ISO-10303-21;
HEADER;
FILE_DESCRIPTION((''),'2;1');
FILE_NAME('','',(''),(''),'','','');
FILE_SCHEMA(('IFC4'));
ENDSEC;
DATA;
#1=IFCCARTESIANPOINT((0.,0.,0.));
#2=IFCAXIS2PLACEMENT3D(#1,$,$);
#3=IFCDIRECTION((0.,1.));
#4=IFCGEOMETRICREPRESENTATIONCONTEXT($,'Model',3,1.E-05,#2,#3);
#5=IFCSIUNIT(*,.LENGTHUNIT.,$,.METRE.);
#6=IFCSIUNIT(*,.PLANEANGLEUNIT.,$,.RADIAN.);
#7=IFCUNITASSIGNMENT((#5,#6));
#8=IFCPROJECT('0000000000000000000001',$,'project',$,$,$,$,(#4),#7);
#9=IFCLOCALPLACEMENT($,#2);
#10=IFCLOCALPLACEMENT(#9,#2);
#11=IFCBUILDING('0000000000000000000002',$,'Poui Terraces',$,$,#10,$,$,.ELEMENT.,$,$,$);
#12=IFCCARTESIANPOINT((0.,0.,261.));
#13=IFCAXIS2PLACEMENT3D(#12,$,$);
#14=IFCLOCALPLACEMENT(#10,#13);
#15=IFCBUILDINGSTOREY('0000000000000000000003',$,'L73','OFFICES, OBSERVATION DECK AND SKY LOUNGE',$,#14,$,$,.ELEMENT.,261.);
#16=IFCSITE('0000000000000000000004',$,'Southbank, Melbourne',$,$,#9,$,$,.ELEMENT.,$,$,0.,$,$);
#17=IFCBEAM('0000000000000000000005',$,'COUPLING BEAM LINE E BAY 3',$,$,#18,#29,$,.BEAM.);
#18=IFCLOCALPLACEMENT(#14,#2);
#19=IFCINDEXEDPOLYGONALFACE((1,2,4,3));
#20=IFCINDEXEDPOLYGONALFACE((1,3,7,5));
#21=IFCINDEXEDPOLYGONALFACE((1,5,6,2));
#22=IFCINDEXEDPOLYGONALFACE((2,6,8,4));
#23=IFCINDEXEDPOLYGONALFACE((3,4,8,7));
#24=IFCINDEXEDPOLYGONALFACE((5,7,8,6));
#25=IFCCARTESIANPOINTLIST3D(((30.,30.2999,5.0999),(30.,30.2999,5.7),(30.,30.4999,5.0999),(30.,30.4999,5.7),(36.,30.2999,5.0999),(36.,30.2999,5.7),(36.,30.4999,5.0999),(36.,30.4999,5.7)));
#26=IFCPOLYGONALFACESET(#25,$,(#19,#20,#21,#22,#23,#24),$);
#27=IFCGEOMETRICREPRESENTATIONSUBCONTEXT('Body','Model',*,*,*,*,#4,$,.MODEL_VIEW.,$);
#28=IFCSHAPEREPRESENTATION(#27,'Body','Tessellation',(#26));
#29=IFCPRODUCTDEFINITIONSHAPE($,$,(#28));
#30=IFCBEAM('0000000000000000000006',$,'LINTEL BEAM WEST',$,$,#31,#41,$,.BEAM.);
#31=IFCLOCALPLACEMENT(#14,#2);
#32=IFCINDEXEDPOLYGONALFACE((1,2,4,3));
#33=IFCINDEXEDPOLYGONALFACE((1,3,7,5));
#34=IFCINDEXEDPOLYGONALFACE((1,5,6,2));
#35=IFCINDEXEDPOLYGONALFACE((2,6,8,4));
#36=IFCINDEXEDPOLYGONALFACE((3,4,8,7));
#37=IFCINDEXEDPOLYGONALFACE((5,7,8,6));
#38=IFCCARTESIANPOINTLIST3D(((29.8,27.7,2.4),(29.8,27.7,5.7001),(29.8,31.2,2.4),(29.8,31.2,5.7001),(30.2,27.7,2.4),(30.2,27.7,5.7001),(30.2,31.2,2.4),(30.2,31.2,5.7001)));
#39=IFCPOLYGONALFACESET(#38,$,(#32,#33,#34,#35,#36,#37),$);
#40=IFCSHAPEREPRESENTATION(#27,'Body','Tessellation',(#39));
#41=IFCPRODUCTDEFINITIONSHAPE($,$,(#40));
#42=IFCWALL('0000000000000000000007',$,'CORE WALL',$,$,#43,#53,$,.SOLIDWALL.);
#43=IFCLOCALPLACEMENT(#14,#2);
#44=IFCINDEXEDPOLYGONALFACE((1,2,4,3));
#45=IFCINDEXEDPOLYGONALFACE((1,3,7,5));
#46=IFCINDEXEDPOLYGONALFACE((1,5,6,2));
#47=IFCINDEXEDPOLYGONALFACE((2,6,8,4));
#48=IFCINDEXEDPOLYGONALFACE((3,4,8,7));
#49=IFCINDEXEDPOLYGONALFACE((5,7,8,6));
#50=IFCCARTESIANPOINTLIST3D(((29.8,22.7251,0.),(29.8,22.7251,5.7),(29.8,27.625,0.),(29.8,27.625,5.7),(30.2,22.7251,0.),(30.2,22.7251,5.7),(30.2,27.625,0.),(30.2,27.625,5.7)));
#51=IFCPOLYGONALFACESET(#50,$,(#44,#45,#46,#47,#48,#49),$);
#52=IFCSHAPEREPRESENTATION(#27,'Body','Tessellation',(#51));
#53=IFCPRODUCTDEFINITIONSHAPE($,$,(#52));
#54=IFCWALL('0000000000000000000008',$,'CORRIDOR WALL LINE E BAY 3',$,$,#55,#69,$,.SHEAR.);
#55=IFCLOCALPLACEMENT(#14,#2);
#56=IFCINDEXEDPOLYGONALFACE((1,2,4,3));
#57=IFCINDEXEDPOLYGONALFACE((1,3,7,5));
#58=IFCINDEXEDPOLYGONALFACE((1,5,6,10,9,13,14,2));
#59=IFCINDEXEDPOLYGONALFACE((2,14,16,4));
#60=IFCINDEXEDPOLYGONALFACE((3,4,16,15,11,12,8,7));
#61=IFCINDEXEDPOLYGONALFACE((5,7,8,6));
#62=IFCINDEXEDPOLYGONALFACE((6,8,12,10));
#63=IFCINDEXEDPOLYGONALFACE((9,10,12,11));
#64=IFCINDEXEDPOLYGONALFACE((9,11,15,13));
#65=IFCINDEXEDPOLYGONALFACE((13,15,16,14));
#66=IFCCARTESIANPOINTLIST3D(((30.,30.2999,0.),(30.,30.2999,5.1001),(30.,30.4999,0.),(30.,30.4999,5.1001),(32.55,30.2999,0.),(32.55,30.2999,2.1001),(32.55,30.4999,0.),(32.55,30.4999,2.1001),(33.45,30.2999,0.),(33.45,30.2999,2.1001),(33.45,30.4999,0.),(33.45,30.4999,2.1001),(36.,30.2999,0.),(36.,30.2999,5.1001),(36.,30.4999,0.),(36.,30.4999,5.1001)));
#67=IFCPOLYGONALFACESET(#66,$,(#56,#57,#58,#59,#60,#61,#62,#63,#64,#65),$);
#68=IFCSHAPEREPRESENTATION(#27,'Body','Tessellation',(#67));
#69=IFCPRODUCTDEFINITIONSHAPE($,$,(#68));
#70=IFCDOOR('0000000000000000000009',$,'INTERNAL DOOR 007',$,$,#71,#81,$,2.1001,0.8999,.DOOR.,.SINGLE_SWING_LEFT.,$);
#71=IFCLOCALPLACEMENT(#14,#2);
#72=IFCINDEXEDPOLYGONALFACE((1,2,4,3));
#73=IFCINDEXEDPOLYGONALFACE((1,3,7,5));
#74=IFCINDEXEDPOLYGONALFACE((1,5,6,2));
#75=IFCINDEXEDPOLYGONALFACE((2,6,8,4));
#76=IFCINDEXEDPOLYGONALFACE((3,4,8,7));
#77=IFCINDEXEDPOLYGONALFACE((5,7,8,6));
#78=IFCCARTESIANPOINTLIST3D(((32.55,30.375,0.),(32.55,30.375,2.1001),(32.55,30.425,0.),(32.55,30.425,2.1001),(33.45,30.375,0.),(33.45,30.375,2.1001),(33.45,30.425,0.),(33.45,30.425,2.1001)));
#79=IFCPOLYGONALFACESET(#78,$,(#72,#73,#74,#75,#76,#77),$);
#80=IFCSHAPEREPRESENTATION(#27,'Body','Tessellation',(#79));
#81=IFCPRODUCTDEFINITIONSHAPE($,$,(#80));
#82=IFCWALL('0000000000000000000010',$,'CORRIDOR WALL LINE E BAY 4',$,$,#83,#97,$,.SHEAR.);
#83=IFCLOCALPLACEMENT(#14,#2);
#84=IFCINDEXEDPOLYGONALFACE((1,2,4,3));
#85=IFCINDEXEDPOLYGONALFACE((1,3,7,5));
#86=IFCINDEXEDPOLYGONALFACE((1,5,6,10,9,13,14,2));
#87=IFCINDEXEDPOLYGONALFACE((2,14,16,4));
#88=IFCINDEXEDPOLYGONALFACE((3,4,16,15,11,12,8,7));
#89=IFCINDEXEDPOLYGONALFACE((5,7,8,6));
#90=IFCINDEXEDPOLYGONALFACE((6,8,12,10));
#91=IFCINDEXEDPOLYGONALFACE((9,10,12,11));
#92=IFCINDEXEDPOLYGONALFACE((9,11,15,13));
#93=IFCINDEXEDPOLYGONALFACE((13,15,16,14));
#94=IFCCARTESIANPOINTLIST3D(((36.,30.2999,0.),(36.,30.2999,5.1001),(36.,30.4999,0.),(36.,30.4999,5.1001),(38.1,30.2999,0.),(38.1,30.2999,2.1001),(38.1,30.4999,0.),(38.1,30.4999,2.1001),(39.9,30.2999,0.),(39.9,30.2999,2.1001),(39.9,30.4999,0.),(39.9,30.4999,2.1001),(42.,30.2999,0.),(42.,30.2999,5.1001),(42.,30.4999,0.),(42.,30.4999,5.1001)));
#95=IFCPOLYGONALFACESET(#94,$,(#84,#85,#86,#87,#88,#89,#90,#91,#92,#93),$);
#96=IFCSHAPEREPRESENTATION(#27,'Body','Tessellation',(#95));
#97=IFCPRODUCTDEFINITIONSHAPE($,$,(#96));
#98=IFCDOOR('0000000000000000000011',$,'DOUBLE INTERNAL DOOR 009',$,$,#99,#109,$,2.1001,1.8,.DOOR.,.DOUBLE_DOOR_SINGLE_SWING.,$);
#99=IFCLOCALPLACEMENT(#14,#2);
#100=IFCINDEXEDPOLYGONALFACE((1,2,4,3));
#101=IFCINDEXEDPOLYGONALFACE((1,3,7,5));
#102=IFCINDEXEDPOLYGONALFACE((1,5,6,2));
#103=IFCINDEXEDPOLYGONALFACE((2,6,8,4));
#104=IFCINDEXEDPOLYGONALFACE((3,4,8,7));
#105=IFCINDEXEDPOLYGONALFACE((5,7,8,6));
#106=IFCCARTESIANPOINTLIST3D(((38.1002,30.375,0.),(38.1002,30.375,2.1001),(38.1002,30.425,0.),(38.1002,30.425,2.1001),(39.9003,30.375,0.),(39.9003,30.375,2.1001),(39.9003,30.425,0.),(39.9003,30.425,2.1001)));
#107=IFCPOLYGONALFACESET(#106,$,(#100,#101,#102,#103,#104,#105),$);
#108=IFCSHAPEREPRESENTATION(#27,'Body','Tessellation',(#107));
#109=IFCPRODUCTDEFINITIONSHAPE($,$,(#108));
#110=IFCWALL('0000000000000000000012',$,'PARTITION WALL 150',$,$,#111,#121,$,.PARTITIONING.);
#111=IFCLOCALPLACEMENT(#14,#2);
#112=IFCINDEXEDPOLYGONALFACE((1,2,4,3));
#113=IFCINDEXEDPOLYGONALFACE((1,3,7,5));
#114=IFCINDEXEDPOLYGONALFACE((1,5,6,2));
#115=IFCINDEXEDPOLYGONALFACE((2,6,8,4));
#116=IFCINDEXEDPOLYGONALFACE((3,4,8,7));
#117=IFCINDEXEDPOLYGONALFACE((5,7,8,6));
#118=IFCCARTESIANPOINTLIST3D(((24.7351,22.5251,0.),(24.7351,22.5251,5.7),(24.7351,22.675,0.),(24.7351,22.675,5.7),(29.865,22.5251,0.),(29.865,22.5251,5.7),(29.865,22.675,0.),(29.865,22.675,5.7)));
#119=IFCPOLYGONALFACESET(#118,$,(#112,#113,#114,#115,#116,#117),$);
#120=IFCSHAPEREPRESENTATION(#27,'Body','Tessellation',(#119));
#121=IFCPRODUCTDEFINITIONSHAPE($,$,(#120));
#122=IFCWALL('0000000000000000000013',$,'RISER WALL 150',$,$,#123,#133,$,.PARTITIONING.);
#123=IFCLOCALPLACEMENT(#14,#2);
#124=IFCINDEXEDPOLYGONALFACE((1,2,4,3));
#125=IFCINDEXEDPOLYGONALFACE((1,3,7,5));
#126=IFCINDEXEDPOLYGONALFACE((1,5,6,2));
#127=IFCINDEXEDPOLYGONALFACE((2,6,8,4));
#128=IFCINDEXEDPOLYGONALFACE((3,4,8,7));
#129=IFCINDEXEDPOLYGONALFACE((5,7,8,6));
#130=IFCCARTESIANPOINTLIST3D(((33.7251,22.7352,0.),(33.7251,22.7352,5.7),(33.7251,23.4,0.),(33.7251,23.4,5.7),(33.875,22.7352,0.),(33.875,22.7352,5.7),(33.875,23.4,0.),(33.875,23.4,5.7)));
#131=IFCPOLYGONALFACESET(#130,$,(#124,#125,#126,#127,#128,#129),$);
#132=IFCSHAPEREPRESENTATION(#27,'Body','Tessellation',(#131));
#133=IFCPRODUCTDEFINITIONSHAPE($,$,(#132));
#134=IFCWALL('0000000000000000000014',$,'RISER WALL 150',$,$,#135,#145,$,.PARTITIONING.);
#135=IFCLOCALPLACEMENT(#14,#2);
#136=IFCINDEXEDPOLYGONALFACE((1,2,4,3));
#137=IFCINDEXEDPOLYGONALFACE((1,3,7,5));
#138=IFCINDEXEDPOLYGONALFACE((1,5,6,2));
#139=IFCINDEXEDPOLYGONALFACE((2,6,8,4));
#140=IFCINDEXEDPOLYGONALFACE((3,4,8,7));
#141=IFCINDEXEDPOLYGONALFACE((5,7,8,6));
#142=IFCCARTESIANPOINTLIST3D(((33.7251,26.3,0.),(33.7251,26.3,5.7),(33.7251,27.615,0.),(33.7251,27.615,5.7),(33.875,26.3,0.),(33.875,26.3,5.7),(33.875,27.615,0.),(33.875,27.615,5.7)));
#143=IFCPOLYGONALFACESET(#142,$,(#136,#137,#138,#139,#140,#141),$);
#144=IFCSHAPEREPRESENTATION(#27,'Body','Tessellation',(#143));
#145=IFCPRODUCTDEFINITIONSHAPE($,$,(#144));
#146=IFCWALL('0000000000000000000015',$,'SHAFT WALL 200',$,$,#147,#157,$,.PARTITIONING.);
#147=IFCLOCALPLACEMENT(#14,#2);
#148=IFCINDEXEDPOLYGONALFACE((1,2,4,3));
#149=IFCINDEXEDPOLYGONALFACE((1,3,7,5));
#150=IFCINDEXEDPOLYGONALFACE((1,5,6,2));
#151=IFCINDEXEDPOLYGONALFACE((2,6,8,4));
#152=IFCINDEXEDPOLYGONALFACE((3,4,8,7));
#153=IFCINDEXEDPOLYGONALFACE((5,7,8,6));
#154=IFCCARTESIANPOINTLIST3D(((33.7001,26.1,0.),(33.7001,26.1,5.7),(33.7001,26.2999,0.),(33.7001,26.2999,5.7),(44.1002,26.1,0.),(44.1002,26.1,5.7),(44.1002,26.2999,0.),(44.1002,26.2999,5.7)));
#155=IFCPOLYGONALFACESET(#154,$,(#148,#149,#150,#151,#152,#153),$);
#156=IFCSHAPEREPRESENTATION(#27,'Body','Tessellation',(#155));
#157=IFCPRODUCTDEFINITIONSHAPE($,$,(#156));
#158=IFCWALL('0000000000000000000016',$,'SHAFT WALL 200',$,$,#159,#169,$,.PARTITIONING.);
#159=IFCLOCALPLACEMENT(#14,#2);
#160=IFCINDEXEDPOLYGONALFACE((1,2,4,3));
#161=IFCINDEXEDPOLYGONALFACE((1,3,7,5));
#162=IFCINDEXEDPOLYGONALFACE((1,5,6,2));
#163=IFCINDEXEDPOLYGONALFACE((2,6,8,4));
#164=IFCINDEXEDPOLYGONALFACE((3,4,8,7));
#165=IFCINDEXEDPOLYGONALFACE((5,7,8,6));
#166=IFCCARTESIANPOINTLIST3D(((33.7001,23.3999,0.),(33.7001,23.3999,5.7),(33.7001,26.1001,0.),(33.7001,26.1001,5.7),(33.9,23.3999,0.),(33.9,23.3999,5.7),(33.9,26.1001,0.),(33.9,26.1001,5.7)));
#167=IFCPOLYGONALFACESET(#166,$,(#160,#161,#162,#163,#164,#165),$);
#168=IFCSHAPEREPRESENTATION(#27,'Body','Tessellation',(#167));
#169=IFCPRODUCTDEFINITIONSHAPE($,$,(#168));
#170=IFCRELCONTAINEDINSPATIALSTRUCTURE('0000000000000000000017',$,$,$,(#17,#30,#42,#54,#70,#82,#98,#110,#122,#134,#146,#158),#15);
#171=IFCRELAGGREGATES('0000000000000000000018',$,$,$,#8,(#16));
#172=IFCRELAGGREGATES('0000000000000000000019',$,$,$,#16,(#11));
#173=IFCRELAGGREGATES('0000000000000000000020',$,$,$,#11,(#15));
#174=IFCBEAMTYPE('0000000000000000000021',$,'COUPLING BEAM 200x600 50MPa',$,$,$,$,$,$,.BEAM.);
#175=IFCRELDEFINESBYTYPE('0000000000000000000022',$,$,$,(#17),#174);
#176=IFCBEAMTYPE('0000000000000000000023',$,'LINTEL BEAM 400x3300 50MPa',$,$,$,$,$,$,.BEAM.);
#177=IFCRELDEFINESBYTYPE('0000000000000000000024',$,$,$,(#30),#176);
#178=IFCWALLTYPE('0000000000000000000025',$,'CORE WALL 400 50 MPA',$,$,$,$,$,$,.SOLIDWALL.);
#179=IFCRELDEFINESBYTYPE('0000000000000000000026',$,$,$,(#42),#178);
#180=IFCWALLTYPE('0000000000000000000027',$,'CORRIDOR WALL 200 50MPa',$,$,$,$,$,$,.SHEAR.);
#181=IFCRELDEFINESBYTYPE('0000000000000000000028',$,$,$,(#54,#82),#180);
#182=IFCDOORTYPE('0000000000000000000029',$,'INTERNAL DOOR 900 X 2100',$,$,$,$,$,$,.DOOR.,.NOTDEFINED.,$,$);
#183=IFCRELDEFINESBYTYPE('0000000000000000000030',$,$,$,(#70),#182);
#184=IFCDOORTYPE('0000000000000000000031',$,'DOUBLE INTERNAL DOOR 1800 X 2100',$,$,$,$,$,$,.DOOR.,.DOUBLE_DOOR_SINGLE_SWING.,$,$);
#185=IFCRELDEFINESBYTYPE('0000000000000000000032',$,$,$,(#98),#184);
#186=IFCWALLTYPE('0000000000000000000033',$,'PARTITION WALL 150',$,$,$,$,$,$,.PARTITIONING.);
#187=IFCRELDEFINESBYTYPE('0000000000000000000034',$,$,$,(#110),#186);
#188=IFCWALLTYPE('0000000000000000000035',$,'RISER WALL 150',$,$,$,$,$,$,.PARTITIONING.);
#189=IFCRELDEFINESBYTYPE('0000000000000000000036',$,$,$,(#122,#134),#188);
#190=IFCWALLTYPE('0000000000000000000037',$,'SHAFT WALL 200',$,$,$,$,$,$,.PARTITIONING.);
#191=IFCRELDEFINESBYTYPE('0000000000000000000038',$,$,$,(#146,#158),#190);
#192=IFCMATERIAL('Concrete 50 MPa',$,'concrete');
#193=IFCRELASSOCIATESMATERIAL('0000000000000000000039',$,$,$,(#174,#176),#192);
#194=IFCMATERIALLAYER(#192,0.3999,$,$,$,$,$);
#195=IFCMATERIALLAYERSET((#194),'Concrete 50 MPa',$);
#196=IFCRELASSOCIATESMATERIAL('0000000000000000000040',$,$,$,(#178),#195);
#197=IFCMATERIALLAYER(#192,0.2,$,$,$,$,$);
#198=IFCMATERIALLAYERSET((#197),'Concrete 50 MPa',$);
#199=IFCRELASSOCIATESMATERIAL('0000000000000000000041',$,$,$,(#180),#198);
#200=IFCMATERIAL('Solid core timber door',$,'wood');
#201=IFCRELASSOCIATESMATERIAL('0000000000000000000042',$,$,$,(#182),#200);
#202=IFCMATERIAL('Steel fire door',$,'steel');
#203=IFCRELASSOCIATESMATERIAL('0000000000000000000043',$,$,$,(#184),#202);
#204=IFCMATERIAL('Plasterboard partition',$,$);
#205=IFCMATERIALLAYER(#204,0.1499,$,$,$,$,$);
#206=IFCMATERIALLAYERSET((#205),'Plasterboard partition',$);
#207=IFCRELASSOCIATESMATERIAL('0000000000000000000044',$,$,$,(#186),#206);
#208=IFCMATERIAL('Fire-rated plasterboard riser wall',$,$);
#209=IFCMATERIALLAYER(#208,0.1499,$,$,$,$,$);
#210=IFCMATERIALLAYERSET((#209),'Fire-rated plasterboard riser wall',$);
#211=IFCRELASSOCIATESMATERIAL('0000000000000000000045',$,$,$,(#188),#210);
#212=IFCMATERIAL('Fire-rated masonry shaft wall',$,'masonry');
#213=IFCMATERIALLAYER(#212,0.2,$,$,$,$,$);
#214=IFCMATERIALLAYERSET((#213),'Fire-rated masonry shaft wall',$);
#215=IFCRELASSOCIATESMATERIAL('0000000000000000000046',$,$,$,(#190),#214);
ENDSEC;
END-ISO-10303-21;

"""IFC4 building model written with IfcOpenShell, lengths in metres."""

from ifc_helpers import new_model, si_unit, direction, frame, frame_2d, origin, origin_2d, place, context, subcontext, project, spatial, rectangle, extrude, source, transform, mapped, material, layer, layer_set, material_profile, profile_set, type_object, element, fill, save


model = new_model("IFC4")

# Units and contexts
model_context = context("Model", 3, precision=1e-05, world=origin(), true_north=direction((0.0, 1.0)))
body_context = subcontext(model_context, "Body", "Model", "MODEL_VIEW")
ifc_project = project(units=[si_unit("LENGTHUNIT", "METRE"), si_unit("PLANEANGLEUNIT", "RADIAN")], contexts=[model_context])

# Site, building, storey
site_placement = place(None, origin())
site = spatial("IfcSite", under=ifc_project, at=site_placement, Name="Southbank, Melbourne", CompositionType="ELEMENT", RefElevation=0.0)
building_placement = place(site_placement, origin())
building = spatial("IfcBuilding", under=site, at=building_placement, Name="Poui Terraces", CompositionType="ELEMENT")
storey_placement = place(building_placement, frame((0.0, 0.0, 261.0)))
storey = spatial("IfcBuildingStorey", under=building, at=storey_placement, Name="L73", Description="OFFICES, OBSERVATION DECK AND SKY LOUNGE", CompositionType="ELEMENT", Elevation=261.0)

# Beams
ifc_material_1 = material(Name="Concrete 50 MPa", Category="concrete")
ifc_material_profile_1 = material_profile(ifc_material_1, rectangle(XDim=0.2, YDim=0.6001, at=origin_2d()), Name="RC 200x600")
ifc_profile_set_1 = profile_set([ifc_material_profile_1], Name="Concrete 50 MPa")
beam_type_1 = type_object("IfcBeamType", Name="COUPLING BEAM 200x600 50MPa", PredefinedType="BEAM", material=ifc_profile_set_1)
shared_shape_1 = source(origin(), body_context, "Body", "SweptSolid", [
    extrude(rectangle(XDim=0.2, YDim=0.6001, at=origin_2d()), origin(), (0.0, 0.0, 1.0), 6.0),
])
beam_1_placement = place(storey_placement, frame((30.0, 30.3999, 5.3999), z_axis=(1.0, 0.0, 0.0), x_axis=(0.0, 1.0, 0.0)))
element("IfcBeam", 1, at=beam_1_placement, inside=storey, type_object=beam_type_1, Name="COUPLING BEAM LINE E BAY 3", PredefinedType="BEAM", context=body_context, shape_type="MappedRepresentation", body=[
    mapped(shared_shape_1, transform((0.0, 0.0, 0.0))),
])
ifc_material_profile_2 = material_profile(ifc_material_1, rectangle(XDim=0.3999, YDim=3.3, at=origin_2d()), Name="RC 400x3300")
ifc_profile_set_2 = profile_set([ifc_material_profile_2], Name="Concrete 50 MPa")
beam_type_2 = type_object("IfcBeamType", Name="LINTEL BEAM 400x3300 50MPa", PredefinedType="BEAM", material=ifc_profile_set_2)
shared_shape_2 = source(origin(), body_context, "Body", "SweptSolid", [
    extrude(rectangle(XDim=0.3999, YDim=3.3, at=origin_2d()), origin(), (0.0, 0.0, 1.0), 3.5),
])
beam_2_placement = place(storey_placement, frame((30.0, 27.7, 4.05), z_axis=(0.0, 1.0, 0.0), x_axis=(-1.0, 0.0, 0.0)))
element("IfcBeam", 2, at=beam_2_placement, inside=storey, type_object=beam_type_2, Name="LINTEL BEAM WEST", PredefinedType="BEAM", context=body_context, shape_type="MappedRepresentation", body=[
    mapped(shared_shape_2, transform((0.0, 0.0, 0.0))),
])

# Shared definitions
ifc_material_2 = material(Name="Steel fire door", Category="steel")

# Wall
ifc_layer_1 = layer(ifc_material_1, 0.3999)
ifc_layer_set_1 = layer_set([ifc_layer_1], Name="Concrete 50 MPa")
wall_type_1 = type_object("IfcWallType", Name="CORE WALL 400 50 MPA", PredefinedType="SOLIDWALL", material=ifc_layer_set_1)
wall_1_placement = place(storey_placement, frame((30.0, 22.7251, 0.0), z_axis=(0.0, 0.0, 1.0), x_axis=(0.0, 1.0, 0.0)))
element("IfcWall", 3, at=wall_1_placement, inside=storey, type_object=wall_type_1, Name="CORE WALL", PredefinedType="SOLIDWALL", context=body_context, shape_type="SweptSolid", body=[
    extrude(rectangle(XDim=4.8999, YDim=0.3999, at=frame_2d((2.45, 0.0))), origin(), (0.0, 0.0, 1.0), 5.7),
])

# Walls, openings, doors
ifc_layer_2 = layer(ifc_material_1, 0.2)
ifc_layer_set_2 = layer_set([ifc_layer_2], Name="Concrete 50 MPa")
wall_type_2 = type_object("IfcWallType", Name="CORRIDOR WALL 200 50MPa", PredefinedType="SHEAR", material=ifc_layer_set_2)
wall_2_placement = place(storey_placement, frame((30.0, 30.3999, 0.0), z_axis=(0.0, 0.0, 1.0), x_axis=(1.0, 0.0, 0.0)))
wall_2 = element("IfcWall", 4, at=wall_2_placement, inside=storey, type_object=wall_type_2, Name="CORRIDOR WALL LINE E BAY 3", PredefinedType="SHEAR", context=body_context, shape_type="SweptSolid", body=[
    extrude(rectangle(XDim=6.0, YDim=0.2, at=frame_2d((3.0, 0.0))), origin(), (0.0, 0.0, 1.0), 5.1001),
])
opening_1_placement = place(wall_2_placement, frame((2.55, 0.0, 0.0)))
opening_1 = element("IfcOpeningElement", 5, at=opening_1_placement, cuts=wall_2, PredefinedType="OPENING", context=body_context, shape_type="SweptSolid", body=[
    extrude(rectangle(XDim=0.8999, YDim=2.1001, at=frame_2d((0.45, 1.05))), frame((0.0, 0.1099, 0.0), z_axis=(0.0, -1.0, 0.0), x_axis=(1.0, 0.0, 0.0)), (0.0, 0.0, 1.0), 0.22),
])
ifc_material_3 = material(Name="Solid core timber door", Category="wood")
door_type_1 = type_object("IfcDoorType", Name="INTERNAL DOOR 900 X 2100", OperationType="NOTDEFINED", PredefinedType="DOOR", material=ifc_material_3)
door_1_placement = place(opening_1_placement, frame((0.8999, 0.0, 0.0), z_axis=(0.0, 0.0, 1.0), x_axis=(-1.0, 0.0, 0.0)))
door_1 = element("IfcDoor", 6, at=door_1_placement, inside=storey, type_object=door_type_1, Name="INTERNAL DOOR 007", OperationType="SINGLE_SWING_LEFT", OverallHeight=2.1001, OverallWidth=0.8999, PredefinedType="DOOR", context=body_context, shape_type="SweptSolid", body=[
    extrude(rectangle(XDim=0.8999, YDim=2.1001, at=frame_2d((0.45, 1.05))), frame((0.0, 0.0249, 0.0), z_axis=(0.0, -1.0, 0.0), x_axis=(1.0, 0.0, 0.0)), (0.0, 0.0, 1.0), 0.05),
])
fill(opening_1, door_1)
wall_3_placement = place(storey_placement, frame((36.0, 30.3999, 0.0), z_axis=(0.0, 0.0, 1.0), x_axis=(1.0, 0.0, 0.0)))
wall_3 = element("IfcWall", 7, at=wall_3_placement, inside=storey, type_object=wall_type_2, Name="CORRIDOR WALL LINE E BAY 4", PredefinedType="SHEAR", context=body_context, shape_type="SweptSolid", body=[
    extrude(rectangle(XDim=6.0, YDim=0.2, at=frame_2d((3.0, 0.0))), origin(), (0.0, 0.0, 1.0), 5.1001),
])
opening_2_placement = place(wall_3_placement, frame((2.1001, 0.0, 0.0)))
opening_2 = element("IfcOpeningElement", 8, at=opening_2_placement, cuts=wall_3, PredefinedType="OPENING", context=body_context, shape_type="SweptSolid", body=[
    extrude(rectangle(XDim=1.8, YDim=2.1001, at=frame_2d((0.8999, 1.05))), frame((0.0, 0.1099, 0.0), z_axis=(0.0, -1.0, 0.0), x_axis=(1.0, 0.0, 0.0)), (0.0, 0.0, 1.0), 0.22),
])
door_type_2 = type_object("IfcDoorType", Name="DOUBLE INTERNAL DOOR 1800 X 2100", OperationType="DOUBLE_DOOR_SINGLE_SWING", PredefinedType="DOOR", material=ifc_material_2)
door_2_placement = place(opening_2_placement, frame((1.8, 0.0, 0.0), z_axis=(0.0, 0.0, 1.0), x_axis=(-1.0, 0.0, 0.0)))
door_2 = element("IfcDoor", 9, at=door_2_placement, inside=storey, type_object=door_type_2, Name="DOUBLE INTERNAL DOOR 009", OperationType="DOUBLE_DOOR_SINGLE_SWING", OverallHeight=2.1001, OverallWidth=1.8, PredefinedType="DOOR", context=body_context, shape_type="SweptSolid", body=[
    extrude(rectangle(XDim=1.8, YDim=2.1001, at=frame_2d((0.8999, 1.05))), frame((0.0, 0.0249, 0.0), z_axis=(0.0, -1.0, 0.0), x_axis=(1.0, 0.0, 0.0)), (0.0, 0.0, 1.0), 0.05),
])
fill(opening_2, door_2)

# Walls
ifc_material_4 = material(Name="Plasterboard partition")
ifc_layer_3 = layer(ifc_material_4, 0.1499)
ifc_layer_set_3 = layer_set([ifc_layer_3], Name="Plasterboard partition")
wall_type_3 = type_object("IfcWallType", Name="PARTITION WALL 150", PredefinedType="PARTITIONING", material=ifc_layer_set_3)
wall_4_placement = place(storey_placement, frame((24.7351, 22.6001, 0.0), z_axis=(0.0, 0.0, 1.0), x_axis=(1.0, 0.0, 0.0)))
element("IfcWall", 10, at=wall_4_placement, inside=storey, type_object=wall_type_3, Name="PARTITION WALL 150", PredefinedType="PARTITIONING", context=body_context, shape_type="SweptSolid", body=[
    extrude(rectangle(XDim=5.1299, YDim=0.1499, at=frame_2d((2.5649, 0.0))), origin(), (0.0, 0.0, 1.0), 5.7),
])
ifc_material_5 = material(Name="Fire-rated plasterboard riser wall")
ifc_layer_4 = layer(ifc_material_5, 0.1499)
ifc_layer_set_4 = layer_set([ifc_layer_4], Name="Fire-rated plasterboard riser wall")
wall_type_4 = type_object("IfcWallType", Name="RISER WALL 150", PredefinedType="PARTITIONING", material=ifc_layer_set_4)
wall_5_placement = place(storey_placement, frame((33.8, 22.7351, 0.0), z_axis=(0.0, 0.0, 1.0), x_axis=(0.0, 1.0, 0.0)))
element("IfcWall", 11, at=wall_5_placement, inside=storey, type_object=wall_type_4, Name="RISER WALL 150", PredefinedType="PARTITIONING", context=body_context, shape_type="SweptSolid", body=[
    extrude(rectangle(XDim=0.6648, YDim=0.1499, at=frame_2d((0.3325, 0.0))), origin(), (0.0, 0.0, 1.0), 5.7),
])
wall_6_placement = place(storey_placement, frame((33.8, 26.3, 0.0), z_axis=(0.0, 0.0, 1.0), x_axis=(0.0, 1.0, 0.0)))
element("IfcWall", 12, at=wall_6_placement, inside=storey, type_object=wall_type_4, Name="RISER WALL 150", PredefinedType="PARTITIONING", context=body_context, shape_type="SweptSolid", body=[
    extrude(rectangle(XDim=1.3149, YDim=0.1499, at=frame_2d((0.6575, 0.0))), origin(), (0.0, 0.0, 1.0), 5.7),
])
ifc_material_6 = material(Name="Fire-rated masonry shaft wall", Category="masonry")
ifc_layer_5 = layer(ifc_material_6, 0.2)
ifc_layer_set_5 = layer_set([ifc_layer_5], Name="Fire-rated masonry shaft wall")
wall_type_5 = type_object("IfcWallType", Name="SHAFT WALL 200", PredefinedType="PARTITIONING", material=ifc_layer_set_5)
wall_7_placement = place(storey_placement, frame((33.7, 26.2, 0.0), z_axis=(0.0, 0.0, 1.0), x_axis=(1.0, 0.0, 0.0)))
element("IfcWall", 13, at=wall_7_placement, inside=storey, type_object=wall_type_5, Name="SHAFT WALL 200", PredefinedType="PARTITIONING", context=body_context, shape_type="SweptSolid", body=[
    extrude(rectangle(XDim=10.4001, YDim=0.2, at=frame_2d((5.2002, 0.0))), origin(), (0.0, 0.0, 1.0), 5.7),
])
wall_8_placement = place(storey_placement, frame((33.8, 23.3999, 0.0), z_axis=(0.0, 0.0, 1.0), x_axis=(0.0, 1.0, 0.0)))
element("IfcWall", 14, at=wall_8_placement, inside=storey, type_object=wall_type_5, Name="SHAFT WALL 200", PredefinedType="PARTITIONING", context=body_context, shape_type="SweptSolid", body=[
    extrude(rectangle(XDim=2.7002, YDim=0.2, at=frame_2d((1.3501, 0.0))), origin(), (0.0, 0.0, 1.0), 5.7),
])

save(model, "model.ifc")
